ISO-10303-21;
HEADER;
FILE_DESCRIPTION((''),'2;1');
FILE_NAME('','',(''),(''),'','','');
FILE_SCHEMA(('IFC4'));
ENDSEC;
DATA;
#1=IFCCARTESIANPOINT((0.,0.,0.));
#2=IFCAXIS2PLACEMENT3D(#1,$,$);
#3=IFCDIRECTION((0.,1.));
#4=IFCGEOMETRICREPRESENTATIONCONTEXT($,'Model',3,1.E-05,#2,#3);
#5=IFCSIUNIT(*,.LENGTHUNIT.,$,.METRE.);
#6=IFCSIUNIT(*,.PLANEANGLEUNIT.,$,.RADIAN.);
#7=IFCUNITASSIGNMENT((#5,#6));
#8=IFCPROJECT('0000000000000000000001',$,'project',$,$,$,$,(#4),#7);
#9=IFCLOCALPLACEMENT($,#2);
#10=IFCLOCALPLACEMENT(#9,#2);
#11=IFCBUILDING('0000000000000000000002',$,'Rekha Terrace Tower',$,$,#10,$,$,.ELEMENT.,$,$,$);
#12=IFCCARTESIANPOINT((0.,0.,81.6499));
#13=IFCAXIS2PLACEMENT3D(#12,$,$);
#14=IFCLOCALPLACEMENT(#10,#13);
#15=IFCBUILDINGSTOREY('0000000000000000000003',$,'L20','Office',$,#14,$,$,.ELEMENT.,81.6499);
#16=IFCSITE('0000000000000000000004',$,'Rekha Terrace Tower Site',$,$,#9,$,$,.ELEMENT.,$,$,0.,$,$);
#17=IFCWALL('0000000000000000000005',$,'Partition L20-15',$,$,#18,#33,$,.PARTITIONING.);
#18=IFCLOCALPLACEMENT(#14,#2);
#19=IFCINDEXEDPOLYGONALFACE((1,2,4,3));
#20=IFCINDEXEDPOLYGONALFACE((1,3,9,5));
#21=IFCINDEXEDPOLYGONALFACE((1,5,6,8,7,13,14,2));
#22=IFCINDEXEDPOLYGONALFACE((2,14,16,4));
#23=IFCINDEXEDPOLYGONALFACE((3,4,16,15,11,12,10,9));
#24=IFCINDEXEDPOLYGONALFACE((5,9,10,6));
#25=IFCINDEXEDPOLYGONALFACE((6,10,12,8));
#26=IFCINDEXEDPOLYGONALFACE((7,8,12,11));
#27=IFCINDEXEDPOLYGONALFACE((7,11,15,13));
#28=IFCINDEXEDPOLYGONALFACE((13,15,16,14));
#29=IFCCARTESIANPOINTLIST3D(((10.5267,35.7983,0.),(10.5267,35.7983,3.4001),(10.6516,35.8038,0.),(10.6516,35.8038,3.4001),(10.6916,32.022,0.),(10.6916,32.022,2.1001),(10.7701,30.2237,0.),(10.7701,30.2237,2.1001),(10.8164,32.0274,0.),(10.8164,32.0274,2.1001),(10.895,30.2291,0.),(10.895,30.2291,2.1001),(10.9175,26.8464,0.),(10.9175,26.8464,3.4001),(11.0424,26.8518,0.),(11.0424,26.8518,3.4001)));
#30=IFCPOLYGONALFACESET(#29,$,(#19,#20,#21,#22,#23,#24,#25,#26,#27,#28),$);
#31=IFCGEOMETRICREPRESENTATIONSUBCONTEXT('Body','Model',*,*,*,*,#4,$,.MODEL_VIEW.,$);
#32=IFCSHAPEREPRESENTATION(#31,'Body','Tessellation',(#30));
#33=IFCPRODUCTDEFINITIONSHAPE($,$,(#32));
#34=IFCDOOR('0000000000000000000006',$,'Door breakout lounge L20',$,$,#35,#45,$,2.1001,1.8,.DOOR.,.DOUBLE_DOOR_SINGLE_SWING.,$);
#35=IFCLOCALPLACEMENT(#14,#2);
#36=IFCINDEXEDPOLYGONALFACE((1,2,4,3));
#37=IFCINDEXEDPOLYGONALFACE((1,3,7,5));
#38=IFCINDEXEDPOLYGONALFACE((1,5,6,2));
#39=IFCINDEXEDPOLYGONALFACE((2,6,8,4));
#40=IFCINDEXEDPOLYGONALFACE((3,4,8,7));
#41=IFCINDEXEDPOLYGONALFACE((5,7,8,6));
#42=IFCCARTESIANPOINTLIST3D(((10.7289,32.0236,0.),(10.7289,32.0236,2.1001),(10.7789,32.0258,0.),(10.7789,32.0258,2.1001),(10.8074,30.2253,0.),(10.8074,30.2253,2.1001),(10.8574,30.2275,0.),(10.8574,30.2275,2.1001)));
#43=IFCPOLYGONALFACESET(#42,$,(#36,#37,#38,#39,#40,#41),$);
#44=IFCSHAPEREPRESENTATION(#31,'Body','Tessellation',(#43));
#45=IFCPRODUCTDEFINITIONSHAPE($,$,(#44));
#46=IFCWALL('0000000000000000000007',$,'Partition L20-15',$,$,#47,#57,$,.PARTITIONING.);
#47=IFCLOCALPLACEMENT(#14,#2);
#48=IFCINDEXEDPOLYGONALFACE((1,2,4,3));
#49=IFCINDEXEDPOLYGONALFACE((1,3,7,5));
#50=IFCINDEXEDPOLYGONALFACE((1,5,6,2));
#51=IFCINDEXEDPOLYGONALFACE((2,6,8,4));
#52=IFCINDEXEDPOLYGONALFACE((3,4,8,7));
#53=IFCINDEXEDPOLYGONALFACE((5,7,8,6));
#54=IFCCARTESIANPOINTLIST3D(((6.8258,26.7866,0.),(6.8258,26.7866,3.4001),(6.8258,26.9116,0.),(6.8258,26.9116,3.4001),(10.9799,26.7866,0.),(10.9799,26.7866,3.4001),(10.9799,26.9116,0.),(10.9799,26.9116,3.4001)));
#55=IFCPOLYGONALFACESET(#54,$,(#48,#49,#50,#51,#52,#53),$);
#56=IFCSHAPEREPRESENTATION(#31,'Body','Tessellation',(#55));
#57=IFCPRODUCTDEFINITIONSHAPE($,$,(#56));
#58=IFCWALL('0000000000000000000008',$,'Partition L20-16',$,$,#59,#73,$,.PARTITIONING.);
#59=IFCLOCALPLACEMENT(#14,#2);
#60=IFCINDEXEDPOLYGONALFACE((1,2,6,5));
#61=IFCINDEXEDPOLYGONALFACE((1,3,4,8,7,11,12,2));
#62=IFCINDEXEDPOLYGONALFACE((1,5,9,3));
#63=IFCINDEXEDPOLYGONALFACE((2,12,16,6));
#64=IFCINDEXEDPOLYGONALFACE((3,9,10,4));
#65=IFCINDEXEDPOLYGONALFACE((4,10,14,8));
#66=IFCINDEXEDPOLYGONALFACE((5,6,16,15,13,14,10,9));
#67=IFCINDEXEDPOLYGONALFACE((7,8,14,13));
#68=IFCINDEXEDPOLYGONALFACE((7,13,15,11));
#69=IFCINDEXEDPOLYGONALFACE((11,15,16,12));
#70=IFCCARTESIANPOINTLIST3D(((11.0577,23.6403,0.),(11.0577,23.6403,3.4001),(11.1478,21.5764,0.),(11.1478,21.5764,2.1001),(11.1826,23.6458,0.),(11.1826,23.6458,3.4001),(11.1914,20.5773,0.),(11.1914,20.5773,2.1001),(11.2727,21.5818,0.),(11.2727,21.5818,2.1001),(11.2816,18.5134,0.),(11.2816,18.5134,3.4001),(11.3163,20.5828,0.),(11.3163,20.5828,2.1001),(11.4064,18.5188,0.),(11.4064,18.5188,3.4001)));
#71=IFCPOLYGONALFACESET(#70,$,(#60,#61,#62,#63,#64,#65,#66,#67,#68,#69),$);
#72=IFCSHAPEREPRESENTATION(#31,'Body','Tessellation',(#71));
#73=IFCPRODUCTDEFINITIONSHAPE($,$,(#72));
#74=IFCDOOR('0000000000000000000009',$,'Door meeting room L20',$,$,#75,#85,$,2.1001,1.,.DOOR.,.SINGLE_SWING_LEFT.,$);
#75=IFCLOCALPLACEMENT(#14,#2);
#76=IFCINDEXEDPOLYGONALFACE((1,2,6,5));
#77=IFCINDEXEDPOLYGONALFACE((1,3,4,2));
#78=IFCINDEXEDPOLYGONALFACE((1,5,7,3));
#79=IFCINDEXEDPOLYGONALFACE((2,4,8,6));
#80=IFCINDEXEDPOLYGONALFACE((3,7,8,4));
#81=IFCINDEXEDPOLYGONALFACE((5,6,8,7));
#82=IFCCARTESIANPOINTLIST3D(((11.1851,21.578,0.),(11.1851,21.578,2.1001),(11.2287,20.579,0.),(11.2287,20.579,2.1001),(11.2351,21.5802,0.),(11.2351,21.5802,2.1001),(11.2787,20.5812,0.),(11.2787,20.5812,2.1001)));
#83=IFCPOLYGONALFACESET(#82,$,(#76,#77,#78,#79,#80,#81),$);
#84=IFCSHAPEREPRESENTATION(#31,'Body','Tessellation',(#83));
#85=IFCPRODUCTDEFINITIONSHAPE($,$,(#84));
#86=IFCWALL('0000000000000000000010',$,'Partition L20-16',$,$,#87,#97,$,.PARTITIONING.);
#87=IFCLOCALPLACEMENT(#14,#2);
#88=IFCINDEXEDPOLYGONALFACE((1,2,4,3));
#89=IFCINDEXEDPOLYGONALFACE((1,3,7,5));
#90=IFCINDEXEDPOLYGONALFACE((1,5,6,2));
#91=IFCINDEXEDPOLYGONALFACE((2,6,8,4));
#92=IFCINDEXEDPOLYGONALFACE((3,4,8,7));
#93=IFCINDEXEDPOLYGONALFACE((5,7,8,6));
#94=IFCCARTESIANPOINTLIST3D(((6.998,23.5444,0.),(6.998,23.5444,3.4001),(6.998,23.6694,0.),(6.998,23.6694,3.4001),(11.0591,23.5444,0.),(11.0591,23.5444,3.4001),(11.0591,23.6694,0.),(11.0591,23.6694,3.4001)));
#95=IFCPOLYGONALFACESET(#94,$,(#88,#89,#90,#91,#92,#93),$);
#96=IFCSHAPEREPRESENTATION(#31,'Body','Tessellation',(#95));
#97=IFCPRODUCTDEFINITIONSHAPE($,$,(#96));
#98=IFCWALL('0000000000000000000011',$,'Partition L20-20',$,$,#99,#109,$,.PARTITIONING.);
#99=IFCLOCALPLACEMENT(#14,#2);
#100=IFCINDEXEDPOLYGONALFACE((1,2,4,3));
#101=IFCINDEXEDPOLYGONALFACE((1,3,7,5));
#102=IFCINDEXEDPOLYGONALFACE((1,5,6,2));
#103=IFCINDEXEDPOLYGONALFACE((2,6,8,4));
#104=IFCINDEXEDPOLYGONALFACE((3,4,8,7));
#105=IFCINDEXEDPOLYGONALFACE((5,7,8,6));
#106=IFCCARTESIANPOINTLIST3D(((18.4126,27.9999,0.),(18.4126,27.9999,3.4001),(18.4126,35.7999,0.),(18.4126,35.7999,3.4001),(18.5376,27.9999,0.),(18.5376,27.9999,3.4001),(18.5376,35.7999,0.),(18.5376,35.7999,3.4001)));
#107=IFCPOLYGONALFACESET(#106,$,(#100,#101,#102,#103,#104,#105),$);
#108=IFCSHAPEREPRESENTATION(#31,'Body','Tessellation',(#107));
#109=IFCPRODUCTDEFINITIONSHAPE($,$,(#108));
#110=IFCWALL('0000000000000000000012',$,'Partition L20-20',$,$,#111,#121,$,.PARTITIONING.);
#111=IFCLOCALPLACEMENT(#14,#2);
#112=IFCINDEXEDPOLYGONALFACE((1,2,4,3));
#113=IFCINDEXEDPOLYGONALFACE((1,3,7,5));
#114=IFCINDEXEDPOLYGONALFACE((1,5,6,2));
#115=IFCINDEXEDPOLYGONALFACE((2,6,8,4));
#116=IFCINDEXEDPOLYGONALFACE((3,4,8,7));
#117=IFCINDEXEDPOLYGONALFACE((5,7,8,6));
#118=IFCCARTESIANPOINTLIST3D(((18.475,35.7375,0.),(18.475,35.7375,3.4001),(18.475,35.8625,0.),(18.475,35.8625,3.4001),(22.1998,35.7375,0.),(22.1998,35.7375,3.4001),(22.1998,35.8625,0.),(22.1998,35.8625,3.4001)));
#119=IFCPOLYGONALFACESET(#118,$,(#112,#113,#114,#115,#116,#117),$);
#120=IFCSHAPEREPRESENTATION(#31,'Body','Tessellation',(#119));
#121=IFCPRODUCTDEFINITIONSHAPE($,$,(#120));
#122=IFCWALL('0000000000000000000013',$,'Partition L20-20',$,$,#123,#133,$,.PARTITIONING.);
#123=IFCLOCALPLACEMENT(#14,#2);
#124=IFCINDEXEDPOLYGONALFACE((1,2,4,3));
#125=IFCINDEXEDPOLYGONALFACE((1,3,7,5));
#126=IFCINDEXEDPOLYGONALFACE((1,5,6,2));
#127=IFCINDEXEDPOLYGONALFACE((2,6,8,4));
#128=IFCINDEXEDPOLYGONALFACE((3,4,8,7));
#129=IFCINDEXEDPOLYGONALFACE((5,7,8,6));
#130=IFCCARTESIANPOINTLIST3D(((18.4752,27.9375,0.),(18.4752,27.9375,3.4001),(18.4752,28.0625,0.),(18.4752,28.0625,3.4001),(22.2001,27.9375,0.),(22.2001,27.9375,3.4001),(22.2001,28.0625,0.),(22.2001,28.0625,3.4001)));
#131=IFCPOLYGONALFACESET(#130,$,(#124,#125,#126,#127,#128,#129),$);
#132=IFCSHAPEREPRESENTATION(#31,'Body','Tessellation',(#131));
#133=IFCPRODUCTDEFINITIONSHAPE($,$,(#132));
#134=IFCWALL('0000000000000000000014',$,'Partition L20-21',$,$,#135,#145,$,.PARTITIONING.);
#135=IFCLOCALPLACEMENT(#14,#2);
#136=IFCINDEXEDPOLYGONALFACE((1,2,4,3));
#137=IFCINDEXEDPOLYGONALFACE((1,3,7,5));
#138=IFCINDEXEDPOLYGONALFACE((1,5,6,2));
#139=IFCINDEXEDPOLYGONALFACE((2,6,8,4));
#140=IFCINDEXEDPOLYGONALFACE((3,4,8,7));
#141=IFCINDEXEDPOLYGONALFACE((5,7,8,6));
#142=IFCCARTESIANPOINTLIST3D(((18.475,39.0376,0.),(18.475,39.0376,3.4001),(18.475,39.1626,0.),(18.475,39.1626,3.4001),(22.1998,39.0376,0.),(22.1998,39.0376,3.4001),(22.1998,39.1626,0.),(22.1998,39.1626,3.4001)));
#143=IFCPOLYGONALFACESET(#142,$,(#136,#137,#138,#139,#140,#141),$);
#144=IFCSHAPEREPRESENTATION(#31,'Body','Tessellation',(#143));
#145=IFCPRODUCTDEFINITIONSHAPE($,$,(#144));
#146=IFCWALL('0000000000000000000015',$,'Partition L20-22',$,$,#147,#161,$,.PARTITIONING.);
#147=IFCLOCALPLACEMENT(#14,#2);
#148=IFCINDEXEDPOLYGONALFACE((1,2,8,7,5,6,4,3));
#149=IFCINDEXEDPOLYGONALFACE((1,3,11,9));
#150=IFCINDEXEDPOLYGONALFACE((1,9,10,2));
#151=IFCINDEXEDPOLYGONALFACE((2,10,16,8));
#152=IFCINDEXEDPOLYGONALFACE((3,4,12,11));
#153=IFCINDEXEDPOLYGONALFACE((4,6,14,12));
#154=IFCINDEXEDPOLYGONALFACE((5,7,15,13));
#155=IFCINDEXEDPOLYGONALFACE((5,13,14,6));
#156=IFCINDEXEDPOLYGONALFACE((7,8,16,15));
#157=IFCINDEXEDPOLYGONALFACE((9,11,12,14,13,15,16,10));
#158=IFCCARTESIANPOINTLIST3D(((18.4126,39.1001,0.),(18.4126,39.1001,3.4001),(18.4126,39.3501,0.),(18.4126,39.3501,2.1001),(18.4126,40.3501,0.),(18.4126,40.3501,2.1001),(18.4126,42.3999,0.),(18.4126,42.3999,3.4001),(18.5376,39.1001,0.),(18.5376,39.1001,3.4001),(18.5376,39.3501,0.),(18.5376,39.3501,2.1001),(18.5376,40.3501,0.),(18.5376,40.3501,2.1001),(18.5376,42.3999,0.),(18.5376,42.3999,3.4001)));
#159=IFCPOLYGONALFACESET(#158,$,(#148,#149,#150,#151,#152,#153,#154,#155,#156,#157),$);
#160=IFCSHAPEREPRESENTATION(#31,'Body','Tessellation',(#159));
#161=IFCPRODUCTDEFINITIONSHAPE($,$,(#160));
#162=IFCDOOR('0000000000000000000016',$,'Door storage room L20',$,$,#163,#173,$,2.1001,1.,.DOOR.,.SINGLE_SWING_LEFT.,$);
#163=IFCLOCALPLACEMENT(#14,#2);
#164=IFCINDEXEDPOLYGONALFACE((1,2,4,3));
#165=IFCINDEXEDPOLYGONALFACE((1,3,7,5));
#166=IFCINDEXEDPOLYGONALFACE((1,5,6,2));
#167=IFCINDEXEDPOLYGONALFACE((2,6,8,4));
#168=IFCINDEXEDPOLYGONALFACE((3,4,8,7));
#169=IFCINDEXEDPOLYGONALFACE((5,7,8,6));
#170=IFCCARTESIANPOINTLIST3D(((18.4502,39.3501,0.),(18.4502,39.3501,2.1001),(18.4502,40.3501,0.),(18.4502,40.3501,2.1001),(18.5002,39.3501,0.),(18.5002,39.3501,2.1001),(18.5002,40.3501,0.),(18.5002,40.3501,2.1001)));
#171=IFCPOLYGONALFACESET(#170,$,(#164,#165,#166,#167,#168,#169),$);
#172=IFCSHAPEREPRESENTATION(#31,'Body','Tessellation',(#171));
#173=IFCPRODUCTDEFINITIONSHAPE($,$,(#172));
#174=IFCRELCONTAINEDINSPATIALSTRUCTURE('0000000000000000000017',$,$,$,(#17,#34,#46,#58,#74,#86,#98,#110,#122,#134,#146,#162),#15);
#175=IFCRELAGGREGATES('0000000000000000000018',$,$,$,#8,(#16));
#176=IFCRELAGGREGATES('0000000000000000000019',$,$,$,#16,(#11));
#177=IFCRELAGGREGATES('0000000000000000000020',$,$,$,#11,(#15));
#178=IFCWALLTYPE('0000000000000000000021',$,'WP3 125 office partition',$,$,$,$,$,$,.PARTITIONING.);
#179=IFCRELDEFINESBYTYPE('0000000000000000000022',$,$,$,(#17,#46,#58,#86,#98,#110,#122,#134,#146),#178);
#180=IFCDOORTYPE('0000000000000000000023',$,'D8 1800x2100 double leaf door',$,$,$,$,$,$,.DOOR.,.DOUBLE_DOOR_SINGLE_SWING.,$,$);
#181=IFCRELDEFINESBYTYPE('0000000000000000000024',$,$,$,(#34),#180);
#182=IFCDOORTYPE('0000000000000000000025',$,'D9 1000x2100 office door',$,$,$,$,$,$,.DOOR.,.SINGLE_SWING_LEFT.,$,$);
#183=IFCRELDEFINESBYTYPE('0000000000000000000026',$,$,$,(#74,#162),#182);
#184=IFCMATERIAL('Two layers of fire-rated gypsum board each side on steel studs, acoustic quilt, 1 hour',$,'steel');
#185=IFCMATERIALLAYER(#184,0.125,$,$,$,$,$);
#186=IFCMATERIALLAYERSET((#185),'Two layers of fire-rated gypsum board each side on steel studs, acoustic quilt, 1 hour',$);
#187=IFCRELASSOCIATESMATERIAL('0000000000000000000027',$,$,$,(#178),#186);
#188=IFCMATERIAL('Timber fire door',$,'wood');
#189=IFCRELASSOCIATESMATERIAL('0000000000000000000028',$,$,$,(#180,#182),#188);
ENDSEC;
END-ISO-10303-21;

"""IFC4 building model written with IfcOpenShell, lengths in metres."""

from ifc_helpers import new_model, si_unit, direction, frame, frame_2d, origin, place, context, subcontext, project, spatial, rectangle, extrude, material, layer, layer_set, type_object, element, fill, save


model = new_model("IFC4")

# Units and contexts
model_context = context("Model", 3, precision=1e-05, world=origin(), true_north=direction((0.0, 1.0)))
body_context = subcontext(model_context, "Body", "Model", "MODEL_VIEW")
ifc_project = project(units=[si_unit("LENGTHUNIT", "METRE"), si_unit("PLANEANGLEUNIT", "RADIAN")], contexts=[model_context])

# Site, building, storey
site_placement = place(None, origin())
site = spatial("IfcSite", under=ifc_project, at=site_placement, Name="Rekha Terrace Tower Site", CompositionType="ELEMENT", RefElevation=0.0)
building_placement = place(site_placement, origin())
building = spatial("IfcBuilding", under=site, at=building_placement, Name="Rekha Terrace Tower", CompositionType="ELEMENT")
storey_placement = place(building_placement, frame((0.0, 0.0, 81.6499)))
storey = spatial("IfcBuildingStorey", under=building, at=storey_placement, Name="L20", Description="Office", CompositionType="ELEMENT", Elevation=81.6499)

# Wall, opening, door
ifc_material_1 = material(Name="Two layers of fire-rated gypsum board each side on steel studs, acoustic quilt, 1 hour", Category="steel")
ifc_layer_1 = layer(ifc_material_1, 0.125)
ifc_layer_set_1 = layer_set([ifc_layer_1], Name="Two layers of fire-rated gypsum board each side on steel studs, acoustic quilt, 1 hour")
wall_type_1 = type_object("IfcWallType", Name="WP3 125 office partition", PredefinedType="PARTITIONING", material=ifc_layer_set_1)
wall_1_placement = place(storey_placement, frame((10.5891, 35.801, 0.0), z_axis=(0.0, 0.0, 1.0), x_axis=(0.043622, -0.999048, 0.0)))
wall_1 = element("IfcWall", 1, at=wall_1_placement, inside=storey, type_object=wall_type_1, Name="Partition L20-15", PredefinedType="PARTITIONING", context=body_context, shape_type="SweptSolid", body=[
    extrude(rectangle(XDim=8.9604, YDim=0.125, at=frame_2d((4.4802, 0.0))), origin(), (0.0, 0.0, 1.0), 3.4001),
])
opening_1_placement = place(wall_1_placement, frame((3.78, 0.0, 0.0)))
opening_1 = element("IfcOpeningElement", 2, at=opening_1_placement, cuts=wall_1, PredefinedType="OPENING", context=body_context, shape_type="SweptSolid", body=[
    extrude(rectangle(XDim=1.8, YDim=2.1001, at=frame_2d((0.8999, 1.05))), frame((0.0, 0.0725, 0.0), z_axis=(0.0, -1.0, 0.0), x_axis=(1.0, 0.0, 0.0)), (0.0, 0.0, 1.0), 0.145),
])
ifc_material_2 = material(Name="Timber fire door", Category="wood")
door_type_1 = type_object("IfcDoorType", Name="D8 1800x2100 double leaf door", OperationType="DOUBLE_DOOR_SINGLE_SWING", PredefinedType="DOOR", material=ifc_material_2)
door_1_placement = place(opening_1_placement, origin())
door_1 = element("IfcDoor", 3, at=door_1_placement, inside=storey, type_object=door_type_1, Name="Door breakout lounge L20", OperationType="DOUBLE_DOOR_SINGLE_SWING", OverallHeight=2.1001, OverallWidth=1.8, PredefinedType="DOOR", context=body_context, shape_type="SweptSolid", body=[
    extrude(rectangle(XDim=1.8, YDim=2.1001, at=frame_2d((0.8999, 1.05))), frame((0.0, 0.0249, 0.0), z_axis=(0.0, -1.0, 0.0), x_axis=(1.0, 0.0, 0.0)), (0.0, 0.0, 1.0), 0.05),
])
fill(opening_1, door_1)

# Wall
wall_2_placement = place(storey_placement, frame((10.98, 26.8491, 0.0), z_axis=(0.0, 0.0, 1.0), x_axis=(-1.0, 0.0, 0.0)))
element("IfcWall", 4, at=wall_2_placement, inside=storey, type_object=wall_type_1, Name="Partition L20-15", PredefinedType="PARTITIONING", context=body_context, shape_type="SweptSolid", body=[
    extrude(rectangle(XDim=4.1541, YDim=0.125, at=frame_2d((2.0771, 0.0))), origin(), (0.0, 0.0, 1.0), 3.4001),
])

# Wall, opening, door
wall_3_placement = place(storey_placement, frame((11.1201, 23.6431, 0.0), z_axis=(0.0, 0.0, 1.0), x_axis=(0.043625, -0.999048, 0.0)))
wall_3 = element("IfcWall", 5, at=wall_3_placement, inside=storey, type_object=wall_type_1, Name="Partition L20-16", PredefinedType="PARTITIONING", context=body_context, shape_type="SweptSolid", body=[
    extrude(rectangle(XDim=5.1318, YDim=0.125, at=frame_2d((2.5659, 0.0))), origin(), (0.0, 0.0, 1.0), 3.4001),
])
opening_2_placement = place(wall_3_placement, frame((2.0659, 0.0, 0.0)))
opening_2 = element("IfcOpeningElement", 6, at=opening_2_placement, cuts=wall_3, PredefinedType="OPENING", context=body_context, shape_type="SweptSolid", body=[
    extrude(rectangle(XDim=1.0, YDim=2.1001, at=frame_2d((0.5, 1.05))), frame((0.0, 0.0725, 0.0), z_axis=(0.0, -1.0, 0.0), x_axis=(1.0, 0.0, 0.0)), (0.0, 0.0, 1.0), 0.145),
])
door_type_2 = type_object("IfcDoorType", Name="D9 1000x2100 office door", OperationType="SINGLE_SWING_LEFT", PredefinedType="DOOR", material=ifc_material_2)
door_2_placement = place(opening_2_placement, origin())
door_2 = element("IfcDoor", 7, at=door_2_placement, inside=storey, type_object=door_type_2, Name="Door meeting room L20", OperationType="SINGLE_SWING_LEFT", OverallHeight=2.1001, OverallWidth=1.0, PredefinedType="DOOR", context=body_context, shape_type="SweptSolid", body=[
    extrude(rectangle(XDim=1.0, YDim=2.1001, at=frame_2d((0.5, 1.05))), frame((0.0, 0.0249, 0.0), z_axis=(0.0, -1.0, 0.0), x_axis=(1.0, 0.0, 0.0)), (0.0, 0.0, 1.0), 0.05),
])
fill(opening_2, door_2)

# Walls
wall_4_placement = place(storey_placement, frame((6.998, 23.6069, 0.0), z_axis=(0.0, 0.0, 1.0), x_axis=(1.0, 0.0, 0.0)))
element("IfcWall", 8, at=wall_4_placement, inside=storey, type_object=wall_type_1, Name="Partition L20-16", PredefinedType="PARTITIONING", context=body_context, shape_type="SweptSolid", body=[
    extrude(rectangle(XDim=4.061, YDim=0.125, at=frame_2d((2.0305, 0.0))), origin(), (0.0, 0.0, 1.0), 3.4001),
])
wall_5_placement = place(storey_placement, frame((18.4751, 28.0, 0.0), z_axis=(0.0, 0.0, 1.0), x_axis=(0.0, 1.0, 0.0)))
element("IfcWall", 9, at=wall_5_placement, inside=storey, type_object=wall_type_1, Name="Partition L20-20", PredefinedType="PARTITIONING", context=body_context, shape_type="SweptSolid", body=[
    extrude(rectangle(XDim=7.8, YDim=0.125, at=frame_2d((3.8999, 0.0))), origin(), (0.0, 0.0, 1.0), 3.4001),
])
for number, where, z_axis, x_axis, name in (
    (10, (18.4751, 35.8, 0.0), (0.0, 0.0, 1.0), (1.0, 0.0, 0.0), "Partition L20-20"),
    (11, (22.2, 28.0, 0.0), (0.0, 0.0, 1.0), (-1.0, 0.0, 0.0), "Partition L20-20"),
    (12, (18.4751, 39.1001, 0.0), (0.0, 0.0, 1.0), (1.0, 0.0, 0.0), "Partition L20-21"),
):
    element("IfcWall", number, at=place(storey_placement, frame(where, z_axis=z_axis, x_axis=x_axis)), inside=storey, type_object=wall_type_1, Name=name, PredefinedType="PARTITIONING", context=body_context, shape_type="SweptSolid", body=[
        extrude(rectangle(XDim=3.7249, YDim=0.125, at=frame_2d((1.8623, 0.0))), origin(), (0.0, 0.0, 1.0), 3.4001),
    ])

# Wall, opening, door
wall_6_placement = place(storey_placement, frame((18.4751, 39.1001, 0.0), z_axis=(0.0, 0.0, 1.0), x_axis=(0.0, 1.0, 0.0)))
wall_6 = element("IfcWall", 13, at=wall_6_placement, inside=storey, type_object=wall_type_1, Name="Partition L20-22", PredefinedType="PARTITIONING", context=body_context, shape_type="SweptSolid", body=[
    extrude(rectangle(XDim=3.2998, YDim=0.125, at=frame_2d((1.6499, 0.0))), origin(), (0.0, 0.0, 1.0), 3.4001),
])
opening_3_placement = place(wall_6_placement, frame((0.25, 0.0, 0.0)))
opening_3 = element("IfcOpeningElement", 14, at=opening_3_placement, cuts=wall_6, PredefinedType="OPENING", context=body_context, shape_type="SweptSolid", body=[
    extrude(rectangle(XDim=1.0, YDim=2.1001, at=frame_2d((0.5, 1.05))), frame((0.0, 0.0725, 0.0), z_axis=(0.0, -1.0, 0.0), x_axis=(1.0, 0.0, 0.0)), (0.0, 0.0, 1.0), 0.145),
])
door_3_placement = place(opening_3_placement, origin())
door_3 = element("IfcDoor", 15, at=door_3_placement, inside=storey, type_object=door_type_2, Name="Door storage room L20", OperationType="SINGLE_SWING_LEFT", OverallHeight=2.1001, OverallWidth=1.0, PredefinedType="DOOR", context=body_context, shape_type="SweptSolid", body=[
    extrude(rectangle(XDim=1.0, YDim=2.1001, at=frame_2d((0.5, 1.05))), frame((0.0, 0.0249, 0.0), z_axis=(0.0, -1.0, 0.0), x_axis=(1.0, 0.0, 0.0)), (0.0, 0.0, 1.0), 0.05),
])
fill(opening_3, door_3)

save(model, "model.ifc")
